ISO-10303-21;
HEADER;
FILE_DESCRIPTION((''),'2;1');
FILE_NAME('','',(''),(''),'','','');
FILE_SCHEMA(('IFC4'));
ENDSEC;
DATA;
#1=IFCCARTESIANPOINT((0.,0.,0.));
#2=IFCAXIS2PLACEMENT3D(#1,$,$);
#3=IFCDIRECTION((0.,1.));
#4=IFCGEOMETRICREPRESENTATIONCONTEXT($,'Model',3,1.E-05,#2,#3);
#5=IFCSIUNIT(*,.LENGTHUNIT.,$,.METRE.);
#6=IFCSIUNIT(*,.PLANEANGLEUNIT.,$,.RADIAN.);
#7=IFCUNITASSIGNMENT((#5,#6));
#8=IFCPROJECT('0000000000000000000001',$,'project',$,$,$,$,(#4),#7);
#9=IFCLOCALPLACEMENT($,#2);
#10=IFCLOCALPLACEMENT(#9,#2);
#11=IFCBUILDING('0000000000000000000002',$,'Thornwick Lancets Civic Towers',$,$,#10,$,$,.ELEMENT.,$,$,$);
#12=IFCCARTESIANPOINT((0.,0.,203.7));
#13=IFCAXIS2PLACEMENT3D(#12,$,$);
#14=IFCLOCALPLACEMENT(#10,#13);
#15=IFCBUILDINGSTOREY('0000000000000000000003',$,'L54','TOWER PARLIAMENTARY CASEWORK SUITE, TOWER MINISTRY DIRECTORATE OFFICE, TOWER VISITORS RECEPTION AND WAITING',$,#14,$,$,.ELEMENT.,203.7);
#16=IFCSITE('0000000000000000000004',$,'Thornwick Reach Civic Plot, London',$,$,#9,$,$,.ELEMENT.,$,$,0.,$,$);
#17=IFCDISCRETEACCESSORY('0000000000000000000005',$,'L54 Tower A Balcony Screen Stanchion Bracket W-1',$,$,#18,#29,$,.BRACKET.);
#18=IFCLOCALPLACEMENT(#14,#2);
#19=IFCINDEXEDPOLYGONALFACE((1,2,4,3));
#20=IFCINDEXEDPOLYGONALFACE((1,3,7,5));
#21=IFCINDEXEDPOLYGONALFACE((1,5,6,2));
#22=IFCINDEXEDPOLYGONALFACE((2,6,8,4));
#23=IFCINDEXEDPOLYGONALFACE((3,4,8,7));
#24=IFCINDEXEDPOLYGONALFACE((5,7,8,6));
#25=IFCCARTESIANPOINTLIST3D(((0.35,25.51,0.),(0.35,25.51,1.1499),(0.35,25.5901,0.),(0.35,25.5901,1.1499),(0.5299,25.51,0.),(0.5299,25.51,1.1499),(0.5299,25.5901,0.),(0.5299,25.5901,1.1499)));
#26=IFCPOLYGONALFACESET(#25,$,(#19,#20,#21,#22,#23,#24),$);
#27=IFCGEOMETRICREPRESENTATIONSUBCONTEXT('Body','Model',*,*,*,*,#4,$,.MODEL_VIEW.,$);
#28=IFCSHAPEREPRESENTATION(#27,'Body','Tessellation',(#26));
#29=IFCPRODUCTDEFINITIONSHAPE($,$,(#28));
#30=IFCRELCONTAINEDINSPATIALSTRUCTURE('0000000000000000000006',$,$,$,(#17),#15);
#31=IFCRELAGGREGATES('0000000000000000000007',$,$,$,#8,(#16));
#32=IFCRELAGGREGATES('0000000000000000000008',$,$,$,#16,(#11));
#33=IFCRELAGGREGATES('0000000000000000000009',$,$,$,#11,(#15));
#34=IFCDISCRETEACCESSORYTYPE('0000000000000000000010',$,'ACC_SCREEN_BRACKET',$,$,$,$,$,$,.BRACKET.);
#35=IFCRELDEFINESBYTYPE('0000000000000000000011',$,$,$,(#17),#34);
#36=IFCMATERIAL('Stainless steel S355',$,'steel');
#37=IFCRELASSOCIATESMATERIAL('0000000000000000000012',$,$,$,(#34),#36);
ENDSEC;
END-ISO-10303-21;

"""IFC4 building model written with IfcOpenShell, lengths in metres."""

from ifc_helpers import new_model, si_unit, direction, frame, origin, origin_2d, place, context, subcontext, project, spatial, rectangle, extrude, material, type_object, element, save


model = new_model("IFC4")

# Units and contexts
model_context = context("Model", 3, precision=1e-05, world=origin(), true_north=direction((0.0, 1.0)))
body_context = subcontext(model_context, "Body", "Model", "MODEL_VIEW")
ifc_project = project(units=[si_unit("LENGTHUNIT", "METRE"), si_unit("PLANEANGLEUNIT", "RADIAN")], contexts=[model_context])

# Site, building, storey
site_placement = place(None, origin())
site = spatial("IfcSite", under=ifc_project, at=site_placement, Name="Thornwick Reach Civic Plot, London", CompositionType="ELEMENT", RefElevation=0.0)
building_placement = place(site_placement, origin())
building = spatial("IfcBuilding", under=site, at=building_placement, Name="Thornwick Lancets Civic Towers", CompositionType="ELEMENT")
storey_placement = place(building_placement, frame((0.0, 0.0, 203.7)))
storey = spatial("IfcBuildingStorey", under=building, at=storey_placement, Name="L54", Description="TOWER PARLIAMENTARY CASEWORK SUITE, TOWER MINISTRY DIRECTORATE OFFICE, TOWER VISITORS RECEPTION AND WAITING", CompositionType="ELEMENT", Elevation=203.7)

# Discrete accessory
ifc_material_1 = material(Name="Stainless steel S355", Category="steel")
discrete_accessory_type_1 = type_object("IfcDiscreteAccessoryType", Name="ACC_SCREEN_BRACKET", PredefinedType="BRACKET", material=ifc_material_1)
discrete_accessory_1_placement = place(storey_placement, frame((0.4399, 25.55, 0.0), z_axis=(0.0, 0.0, 1.0), x_axis=(0.0, 1.0, 0.0)))
element("IfcDiscreteAccessory", 1, at=discrete_accessory_1_placement, inside=storey, type_object=discrete_accessory_type_1, Name="L54 Tower A Balcony Screen Stanchion Bracket W-1", PredefinedType="BRACKET", context=body_context, shape_type="SweptSolid", body=[
    extrude(rectangle(XDim=0.0801, YDim=0.1799, at=origin_2d()), origin(), (0.0, 0.0, 1.0), 1.1499),
])

save(model, "model.ifc")
